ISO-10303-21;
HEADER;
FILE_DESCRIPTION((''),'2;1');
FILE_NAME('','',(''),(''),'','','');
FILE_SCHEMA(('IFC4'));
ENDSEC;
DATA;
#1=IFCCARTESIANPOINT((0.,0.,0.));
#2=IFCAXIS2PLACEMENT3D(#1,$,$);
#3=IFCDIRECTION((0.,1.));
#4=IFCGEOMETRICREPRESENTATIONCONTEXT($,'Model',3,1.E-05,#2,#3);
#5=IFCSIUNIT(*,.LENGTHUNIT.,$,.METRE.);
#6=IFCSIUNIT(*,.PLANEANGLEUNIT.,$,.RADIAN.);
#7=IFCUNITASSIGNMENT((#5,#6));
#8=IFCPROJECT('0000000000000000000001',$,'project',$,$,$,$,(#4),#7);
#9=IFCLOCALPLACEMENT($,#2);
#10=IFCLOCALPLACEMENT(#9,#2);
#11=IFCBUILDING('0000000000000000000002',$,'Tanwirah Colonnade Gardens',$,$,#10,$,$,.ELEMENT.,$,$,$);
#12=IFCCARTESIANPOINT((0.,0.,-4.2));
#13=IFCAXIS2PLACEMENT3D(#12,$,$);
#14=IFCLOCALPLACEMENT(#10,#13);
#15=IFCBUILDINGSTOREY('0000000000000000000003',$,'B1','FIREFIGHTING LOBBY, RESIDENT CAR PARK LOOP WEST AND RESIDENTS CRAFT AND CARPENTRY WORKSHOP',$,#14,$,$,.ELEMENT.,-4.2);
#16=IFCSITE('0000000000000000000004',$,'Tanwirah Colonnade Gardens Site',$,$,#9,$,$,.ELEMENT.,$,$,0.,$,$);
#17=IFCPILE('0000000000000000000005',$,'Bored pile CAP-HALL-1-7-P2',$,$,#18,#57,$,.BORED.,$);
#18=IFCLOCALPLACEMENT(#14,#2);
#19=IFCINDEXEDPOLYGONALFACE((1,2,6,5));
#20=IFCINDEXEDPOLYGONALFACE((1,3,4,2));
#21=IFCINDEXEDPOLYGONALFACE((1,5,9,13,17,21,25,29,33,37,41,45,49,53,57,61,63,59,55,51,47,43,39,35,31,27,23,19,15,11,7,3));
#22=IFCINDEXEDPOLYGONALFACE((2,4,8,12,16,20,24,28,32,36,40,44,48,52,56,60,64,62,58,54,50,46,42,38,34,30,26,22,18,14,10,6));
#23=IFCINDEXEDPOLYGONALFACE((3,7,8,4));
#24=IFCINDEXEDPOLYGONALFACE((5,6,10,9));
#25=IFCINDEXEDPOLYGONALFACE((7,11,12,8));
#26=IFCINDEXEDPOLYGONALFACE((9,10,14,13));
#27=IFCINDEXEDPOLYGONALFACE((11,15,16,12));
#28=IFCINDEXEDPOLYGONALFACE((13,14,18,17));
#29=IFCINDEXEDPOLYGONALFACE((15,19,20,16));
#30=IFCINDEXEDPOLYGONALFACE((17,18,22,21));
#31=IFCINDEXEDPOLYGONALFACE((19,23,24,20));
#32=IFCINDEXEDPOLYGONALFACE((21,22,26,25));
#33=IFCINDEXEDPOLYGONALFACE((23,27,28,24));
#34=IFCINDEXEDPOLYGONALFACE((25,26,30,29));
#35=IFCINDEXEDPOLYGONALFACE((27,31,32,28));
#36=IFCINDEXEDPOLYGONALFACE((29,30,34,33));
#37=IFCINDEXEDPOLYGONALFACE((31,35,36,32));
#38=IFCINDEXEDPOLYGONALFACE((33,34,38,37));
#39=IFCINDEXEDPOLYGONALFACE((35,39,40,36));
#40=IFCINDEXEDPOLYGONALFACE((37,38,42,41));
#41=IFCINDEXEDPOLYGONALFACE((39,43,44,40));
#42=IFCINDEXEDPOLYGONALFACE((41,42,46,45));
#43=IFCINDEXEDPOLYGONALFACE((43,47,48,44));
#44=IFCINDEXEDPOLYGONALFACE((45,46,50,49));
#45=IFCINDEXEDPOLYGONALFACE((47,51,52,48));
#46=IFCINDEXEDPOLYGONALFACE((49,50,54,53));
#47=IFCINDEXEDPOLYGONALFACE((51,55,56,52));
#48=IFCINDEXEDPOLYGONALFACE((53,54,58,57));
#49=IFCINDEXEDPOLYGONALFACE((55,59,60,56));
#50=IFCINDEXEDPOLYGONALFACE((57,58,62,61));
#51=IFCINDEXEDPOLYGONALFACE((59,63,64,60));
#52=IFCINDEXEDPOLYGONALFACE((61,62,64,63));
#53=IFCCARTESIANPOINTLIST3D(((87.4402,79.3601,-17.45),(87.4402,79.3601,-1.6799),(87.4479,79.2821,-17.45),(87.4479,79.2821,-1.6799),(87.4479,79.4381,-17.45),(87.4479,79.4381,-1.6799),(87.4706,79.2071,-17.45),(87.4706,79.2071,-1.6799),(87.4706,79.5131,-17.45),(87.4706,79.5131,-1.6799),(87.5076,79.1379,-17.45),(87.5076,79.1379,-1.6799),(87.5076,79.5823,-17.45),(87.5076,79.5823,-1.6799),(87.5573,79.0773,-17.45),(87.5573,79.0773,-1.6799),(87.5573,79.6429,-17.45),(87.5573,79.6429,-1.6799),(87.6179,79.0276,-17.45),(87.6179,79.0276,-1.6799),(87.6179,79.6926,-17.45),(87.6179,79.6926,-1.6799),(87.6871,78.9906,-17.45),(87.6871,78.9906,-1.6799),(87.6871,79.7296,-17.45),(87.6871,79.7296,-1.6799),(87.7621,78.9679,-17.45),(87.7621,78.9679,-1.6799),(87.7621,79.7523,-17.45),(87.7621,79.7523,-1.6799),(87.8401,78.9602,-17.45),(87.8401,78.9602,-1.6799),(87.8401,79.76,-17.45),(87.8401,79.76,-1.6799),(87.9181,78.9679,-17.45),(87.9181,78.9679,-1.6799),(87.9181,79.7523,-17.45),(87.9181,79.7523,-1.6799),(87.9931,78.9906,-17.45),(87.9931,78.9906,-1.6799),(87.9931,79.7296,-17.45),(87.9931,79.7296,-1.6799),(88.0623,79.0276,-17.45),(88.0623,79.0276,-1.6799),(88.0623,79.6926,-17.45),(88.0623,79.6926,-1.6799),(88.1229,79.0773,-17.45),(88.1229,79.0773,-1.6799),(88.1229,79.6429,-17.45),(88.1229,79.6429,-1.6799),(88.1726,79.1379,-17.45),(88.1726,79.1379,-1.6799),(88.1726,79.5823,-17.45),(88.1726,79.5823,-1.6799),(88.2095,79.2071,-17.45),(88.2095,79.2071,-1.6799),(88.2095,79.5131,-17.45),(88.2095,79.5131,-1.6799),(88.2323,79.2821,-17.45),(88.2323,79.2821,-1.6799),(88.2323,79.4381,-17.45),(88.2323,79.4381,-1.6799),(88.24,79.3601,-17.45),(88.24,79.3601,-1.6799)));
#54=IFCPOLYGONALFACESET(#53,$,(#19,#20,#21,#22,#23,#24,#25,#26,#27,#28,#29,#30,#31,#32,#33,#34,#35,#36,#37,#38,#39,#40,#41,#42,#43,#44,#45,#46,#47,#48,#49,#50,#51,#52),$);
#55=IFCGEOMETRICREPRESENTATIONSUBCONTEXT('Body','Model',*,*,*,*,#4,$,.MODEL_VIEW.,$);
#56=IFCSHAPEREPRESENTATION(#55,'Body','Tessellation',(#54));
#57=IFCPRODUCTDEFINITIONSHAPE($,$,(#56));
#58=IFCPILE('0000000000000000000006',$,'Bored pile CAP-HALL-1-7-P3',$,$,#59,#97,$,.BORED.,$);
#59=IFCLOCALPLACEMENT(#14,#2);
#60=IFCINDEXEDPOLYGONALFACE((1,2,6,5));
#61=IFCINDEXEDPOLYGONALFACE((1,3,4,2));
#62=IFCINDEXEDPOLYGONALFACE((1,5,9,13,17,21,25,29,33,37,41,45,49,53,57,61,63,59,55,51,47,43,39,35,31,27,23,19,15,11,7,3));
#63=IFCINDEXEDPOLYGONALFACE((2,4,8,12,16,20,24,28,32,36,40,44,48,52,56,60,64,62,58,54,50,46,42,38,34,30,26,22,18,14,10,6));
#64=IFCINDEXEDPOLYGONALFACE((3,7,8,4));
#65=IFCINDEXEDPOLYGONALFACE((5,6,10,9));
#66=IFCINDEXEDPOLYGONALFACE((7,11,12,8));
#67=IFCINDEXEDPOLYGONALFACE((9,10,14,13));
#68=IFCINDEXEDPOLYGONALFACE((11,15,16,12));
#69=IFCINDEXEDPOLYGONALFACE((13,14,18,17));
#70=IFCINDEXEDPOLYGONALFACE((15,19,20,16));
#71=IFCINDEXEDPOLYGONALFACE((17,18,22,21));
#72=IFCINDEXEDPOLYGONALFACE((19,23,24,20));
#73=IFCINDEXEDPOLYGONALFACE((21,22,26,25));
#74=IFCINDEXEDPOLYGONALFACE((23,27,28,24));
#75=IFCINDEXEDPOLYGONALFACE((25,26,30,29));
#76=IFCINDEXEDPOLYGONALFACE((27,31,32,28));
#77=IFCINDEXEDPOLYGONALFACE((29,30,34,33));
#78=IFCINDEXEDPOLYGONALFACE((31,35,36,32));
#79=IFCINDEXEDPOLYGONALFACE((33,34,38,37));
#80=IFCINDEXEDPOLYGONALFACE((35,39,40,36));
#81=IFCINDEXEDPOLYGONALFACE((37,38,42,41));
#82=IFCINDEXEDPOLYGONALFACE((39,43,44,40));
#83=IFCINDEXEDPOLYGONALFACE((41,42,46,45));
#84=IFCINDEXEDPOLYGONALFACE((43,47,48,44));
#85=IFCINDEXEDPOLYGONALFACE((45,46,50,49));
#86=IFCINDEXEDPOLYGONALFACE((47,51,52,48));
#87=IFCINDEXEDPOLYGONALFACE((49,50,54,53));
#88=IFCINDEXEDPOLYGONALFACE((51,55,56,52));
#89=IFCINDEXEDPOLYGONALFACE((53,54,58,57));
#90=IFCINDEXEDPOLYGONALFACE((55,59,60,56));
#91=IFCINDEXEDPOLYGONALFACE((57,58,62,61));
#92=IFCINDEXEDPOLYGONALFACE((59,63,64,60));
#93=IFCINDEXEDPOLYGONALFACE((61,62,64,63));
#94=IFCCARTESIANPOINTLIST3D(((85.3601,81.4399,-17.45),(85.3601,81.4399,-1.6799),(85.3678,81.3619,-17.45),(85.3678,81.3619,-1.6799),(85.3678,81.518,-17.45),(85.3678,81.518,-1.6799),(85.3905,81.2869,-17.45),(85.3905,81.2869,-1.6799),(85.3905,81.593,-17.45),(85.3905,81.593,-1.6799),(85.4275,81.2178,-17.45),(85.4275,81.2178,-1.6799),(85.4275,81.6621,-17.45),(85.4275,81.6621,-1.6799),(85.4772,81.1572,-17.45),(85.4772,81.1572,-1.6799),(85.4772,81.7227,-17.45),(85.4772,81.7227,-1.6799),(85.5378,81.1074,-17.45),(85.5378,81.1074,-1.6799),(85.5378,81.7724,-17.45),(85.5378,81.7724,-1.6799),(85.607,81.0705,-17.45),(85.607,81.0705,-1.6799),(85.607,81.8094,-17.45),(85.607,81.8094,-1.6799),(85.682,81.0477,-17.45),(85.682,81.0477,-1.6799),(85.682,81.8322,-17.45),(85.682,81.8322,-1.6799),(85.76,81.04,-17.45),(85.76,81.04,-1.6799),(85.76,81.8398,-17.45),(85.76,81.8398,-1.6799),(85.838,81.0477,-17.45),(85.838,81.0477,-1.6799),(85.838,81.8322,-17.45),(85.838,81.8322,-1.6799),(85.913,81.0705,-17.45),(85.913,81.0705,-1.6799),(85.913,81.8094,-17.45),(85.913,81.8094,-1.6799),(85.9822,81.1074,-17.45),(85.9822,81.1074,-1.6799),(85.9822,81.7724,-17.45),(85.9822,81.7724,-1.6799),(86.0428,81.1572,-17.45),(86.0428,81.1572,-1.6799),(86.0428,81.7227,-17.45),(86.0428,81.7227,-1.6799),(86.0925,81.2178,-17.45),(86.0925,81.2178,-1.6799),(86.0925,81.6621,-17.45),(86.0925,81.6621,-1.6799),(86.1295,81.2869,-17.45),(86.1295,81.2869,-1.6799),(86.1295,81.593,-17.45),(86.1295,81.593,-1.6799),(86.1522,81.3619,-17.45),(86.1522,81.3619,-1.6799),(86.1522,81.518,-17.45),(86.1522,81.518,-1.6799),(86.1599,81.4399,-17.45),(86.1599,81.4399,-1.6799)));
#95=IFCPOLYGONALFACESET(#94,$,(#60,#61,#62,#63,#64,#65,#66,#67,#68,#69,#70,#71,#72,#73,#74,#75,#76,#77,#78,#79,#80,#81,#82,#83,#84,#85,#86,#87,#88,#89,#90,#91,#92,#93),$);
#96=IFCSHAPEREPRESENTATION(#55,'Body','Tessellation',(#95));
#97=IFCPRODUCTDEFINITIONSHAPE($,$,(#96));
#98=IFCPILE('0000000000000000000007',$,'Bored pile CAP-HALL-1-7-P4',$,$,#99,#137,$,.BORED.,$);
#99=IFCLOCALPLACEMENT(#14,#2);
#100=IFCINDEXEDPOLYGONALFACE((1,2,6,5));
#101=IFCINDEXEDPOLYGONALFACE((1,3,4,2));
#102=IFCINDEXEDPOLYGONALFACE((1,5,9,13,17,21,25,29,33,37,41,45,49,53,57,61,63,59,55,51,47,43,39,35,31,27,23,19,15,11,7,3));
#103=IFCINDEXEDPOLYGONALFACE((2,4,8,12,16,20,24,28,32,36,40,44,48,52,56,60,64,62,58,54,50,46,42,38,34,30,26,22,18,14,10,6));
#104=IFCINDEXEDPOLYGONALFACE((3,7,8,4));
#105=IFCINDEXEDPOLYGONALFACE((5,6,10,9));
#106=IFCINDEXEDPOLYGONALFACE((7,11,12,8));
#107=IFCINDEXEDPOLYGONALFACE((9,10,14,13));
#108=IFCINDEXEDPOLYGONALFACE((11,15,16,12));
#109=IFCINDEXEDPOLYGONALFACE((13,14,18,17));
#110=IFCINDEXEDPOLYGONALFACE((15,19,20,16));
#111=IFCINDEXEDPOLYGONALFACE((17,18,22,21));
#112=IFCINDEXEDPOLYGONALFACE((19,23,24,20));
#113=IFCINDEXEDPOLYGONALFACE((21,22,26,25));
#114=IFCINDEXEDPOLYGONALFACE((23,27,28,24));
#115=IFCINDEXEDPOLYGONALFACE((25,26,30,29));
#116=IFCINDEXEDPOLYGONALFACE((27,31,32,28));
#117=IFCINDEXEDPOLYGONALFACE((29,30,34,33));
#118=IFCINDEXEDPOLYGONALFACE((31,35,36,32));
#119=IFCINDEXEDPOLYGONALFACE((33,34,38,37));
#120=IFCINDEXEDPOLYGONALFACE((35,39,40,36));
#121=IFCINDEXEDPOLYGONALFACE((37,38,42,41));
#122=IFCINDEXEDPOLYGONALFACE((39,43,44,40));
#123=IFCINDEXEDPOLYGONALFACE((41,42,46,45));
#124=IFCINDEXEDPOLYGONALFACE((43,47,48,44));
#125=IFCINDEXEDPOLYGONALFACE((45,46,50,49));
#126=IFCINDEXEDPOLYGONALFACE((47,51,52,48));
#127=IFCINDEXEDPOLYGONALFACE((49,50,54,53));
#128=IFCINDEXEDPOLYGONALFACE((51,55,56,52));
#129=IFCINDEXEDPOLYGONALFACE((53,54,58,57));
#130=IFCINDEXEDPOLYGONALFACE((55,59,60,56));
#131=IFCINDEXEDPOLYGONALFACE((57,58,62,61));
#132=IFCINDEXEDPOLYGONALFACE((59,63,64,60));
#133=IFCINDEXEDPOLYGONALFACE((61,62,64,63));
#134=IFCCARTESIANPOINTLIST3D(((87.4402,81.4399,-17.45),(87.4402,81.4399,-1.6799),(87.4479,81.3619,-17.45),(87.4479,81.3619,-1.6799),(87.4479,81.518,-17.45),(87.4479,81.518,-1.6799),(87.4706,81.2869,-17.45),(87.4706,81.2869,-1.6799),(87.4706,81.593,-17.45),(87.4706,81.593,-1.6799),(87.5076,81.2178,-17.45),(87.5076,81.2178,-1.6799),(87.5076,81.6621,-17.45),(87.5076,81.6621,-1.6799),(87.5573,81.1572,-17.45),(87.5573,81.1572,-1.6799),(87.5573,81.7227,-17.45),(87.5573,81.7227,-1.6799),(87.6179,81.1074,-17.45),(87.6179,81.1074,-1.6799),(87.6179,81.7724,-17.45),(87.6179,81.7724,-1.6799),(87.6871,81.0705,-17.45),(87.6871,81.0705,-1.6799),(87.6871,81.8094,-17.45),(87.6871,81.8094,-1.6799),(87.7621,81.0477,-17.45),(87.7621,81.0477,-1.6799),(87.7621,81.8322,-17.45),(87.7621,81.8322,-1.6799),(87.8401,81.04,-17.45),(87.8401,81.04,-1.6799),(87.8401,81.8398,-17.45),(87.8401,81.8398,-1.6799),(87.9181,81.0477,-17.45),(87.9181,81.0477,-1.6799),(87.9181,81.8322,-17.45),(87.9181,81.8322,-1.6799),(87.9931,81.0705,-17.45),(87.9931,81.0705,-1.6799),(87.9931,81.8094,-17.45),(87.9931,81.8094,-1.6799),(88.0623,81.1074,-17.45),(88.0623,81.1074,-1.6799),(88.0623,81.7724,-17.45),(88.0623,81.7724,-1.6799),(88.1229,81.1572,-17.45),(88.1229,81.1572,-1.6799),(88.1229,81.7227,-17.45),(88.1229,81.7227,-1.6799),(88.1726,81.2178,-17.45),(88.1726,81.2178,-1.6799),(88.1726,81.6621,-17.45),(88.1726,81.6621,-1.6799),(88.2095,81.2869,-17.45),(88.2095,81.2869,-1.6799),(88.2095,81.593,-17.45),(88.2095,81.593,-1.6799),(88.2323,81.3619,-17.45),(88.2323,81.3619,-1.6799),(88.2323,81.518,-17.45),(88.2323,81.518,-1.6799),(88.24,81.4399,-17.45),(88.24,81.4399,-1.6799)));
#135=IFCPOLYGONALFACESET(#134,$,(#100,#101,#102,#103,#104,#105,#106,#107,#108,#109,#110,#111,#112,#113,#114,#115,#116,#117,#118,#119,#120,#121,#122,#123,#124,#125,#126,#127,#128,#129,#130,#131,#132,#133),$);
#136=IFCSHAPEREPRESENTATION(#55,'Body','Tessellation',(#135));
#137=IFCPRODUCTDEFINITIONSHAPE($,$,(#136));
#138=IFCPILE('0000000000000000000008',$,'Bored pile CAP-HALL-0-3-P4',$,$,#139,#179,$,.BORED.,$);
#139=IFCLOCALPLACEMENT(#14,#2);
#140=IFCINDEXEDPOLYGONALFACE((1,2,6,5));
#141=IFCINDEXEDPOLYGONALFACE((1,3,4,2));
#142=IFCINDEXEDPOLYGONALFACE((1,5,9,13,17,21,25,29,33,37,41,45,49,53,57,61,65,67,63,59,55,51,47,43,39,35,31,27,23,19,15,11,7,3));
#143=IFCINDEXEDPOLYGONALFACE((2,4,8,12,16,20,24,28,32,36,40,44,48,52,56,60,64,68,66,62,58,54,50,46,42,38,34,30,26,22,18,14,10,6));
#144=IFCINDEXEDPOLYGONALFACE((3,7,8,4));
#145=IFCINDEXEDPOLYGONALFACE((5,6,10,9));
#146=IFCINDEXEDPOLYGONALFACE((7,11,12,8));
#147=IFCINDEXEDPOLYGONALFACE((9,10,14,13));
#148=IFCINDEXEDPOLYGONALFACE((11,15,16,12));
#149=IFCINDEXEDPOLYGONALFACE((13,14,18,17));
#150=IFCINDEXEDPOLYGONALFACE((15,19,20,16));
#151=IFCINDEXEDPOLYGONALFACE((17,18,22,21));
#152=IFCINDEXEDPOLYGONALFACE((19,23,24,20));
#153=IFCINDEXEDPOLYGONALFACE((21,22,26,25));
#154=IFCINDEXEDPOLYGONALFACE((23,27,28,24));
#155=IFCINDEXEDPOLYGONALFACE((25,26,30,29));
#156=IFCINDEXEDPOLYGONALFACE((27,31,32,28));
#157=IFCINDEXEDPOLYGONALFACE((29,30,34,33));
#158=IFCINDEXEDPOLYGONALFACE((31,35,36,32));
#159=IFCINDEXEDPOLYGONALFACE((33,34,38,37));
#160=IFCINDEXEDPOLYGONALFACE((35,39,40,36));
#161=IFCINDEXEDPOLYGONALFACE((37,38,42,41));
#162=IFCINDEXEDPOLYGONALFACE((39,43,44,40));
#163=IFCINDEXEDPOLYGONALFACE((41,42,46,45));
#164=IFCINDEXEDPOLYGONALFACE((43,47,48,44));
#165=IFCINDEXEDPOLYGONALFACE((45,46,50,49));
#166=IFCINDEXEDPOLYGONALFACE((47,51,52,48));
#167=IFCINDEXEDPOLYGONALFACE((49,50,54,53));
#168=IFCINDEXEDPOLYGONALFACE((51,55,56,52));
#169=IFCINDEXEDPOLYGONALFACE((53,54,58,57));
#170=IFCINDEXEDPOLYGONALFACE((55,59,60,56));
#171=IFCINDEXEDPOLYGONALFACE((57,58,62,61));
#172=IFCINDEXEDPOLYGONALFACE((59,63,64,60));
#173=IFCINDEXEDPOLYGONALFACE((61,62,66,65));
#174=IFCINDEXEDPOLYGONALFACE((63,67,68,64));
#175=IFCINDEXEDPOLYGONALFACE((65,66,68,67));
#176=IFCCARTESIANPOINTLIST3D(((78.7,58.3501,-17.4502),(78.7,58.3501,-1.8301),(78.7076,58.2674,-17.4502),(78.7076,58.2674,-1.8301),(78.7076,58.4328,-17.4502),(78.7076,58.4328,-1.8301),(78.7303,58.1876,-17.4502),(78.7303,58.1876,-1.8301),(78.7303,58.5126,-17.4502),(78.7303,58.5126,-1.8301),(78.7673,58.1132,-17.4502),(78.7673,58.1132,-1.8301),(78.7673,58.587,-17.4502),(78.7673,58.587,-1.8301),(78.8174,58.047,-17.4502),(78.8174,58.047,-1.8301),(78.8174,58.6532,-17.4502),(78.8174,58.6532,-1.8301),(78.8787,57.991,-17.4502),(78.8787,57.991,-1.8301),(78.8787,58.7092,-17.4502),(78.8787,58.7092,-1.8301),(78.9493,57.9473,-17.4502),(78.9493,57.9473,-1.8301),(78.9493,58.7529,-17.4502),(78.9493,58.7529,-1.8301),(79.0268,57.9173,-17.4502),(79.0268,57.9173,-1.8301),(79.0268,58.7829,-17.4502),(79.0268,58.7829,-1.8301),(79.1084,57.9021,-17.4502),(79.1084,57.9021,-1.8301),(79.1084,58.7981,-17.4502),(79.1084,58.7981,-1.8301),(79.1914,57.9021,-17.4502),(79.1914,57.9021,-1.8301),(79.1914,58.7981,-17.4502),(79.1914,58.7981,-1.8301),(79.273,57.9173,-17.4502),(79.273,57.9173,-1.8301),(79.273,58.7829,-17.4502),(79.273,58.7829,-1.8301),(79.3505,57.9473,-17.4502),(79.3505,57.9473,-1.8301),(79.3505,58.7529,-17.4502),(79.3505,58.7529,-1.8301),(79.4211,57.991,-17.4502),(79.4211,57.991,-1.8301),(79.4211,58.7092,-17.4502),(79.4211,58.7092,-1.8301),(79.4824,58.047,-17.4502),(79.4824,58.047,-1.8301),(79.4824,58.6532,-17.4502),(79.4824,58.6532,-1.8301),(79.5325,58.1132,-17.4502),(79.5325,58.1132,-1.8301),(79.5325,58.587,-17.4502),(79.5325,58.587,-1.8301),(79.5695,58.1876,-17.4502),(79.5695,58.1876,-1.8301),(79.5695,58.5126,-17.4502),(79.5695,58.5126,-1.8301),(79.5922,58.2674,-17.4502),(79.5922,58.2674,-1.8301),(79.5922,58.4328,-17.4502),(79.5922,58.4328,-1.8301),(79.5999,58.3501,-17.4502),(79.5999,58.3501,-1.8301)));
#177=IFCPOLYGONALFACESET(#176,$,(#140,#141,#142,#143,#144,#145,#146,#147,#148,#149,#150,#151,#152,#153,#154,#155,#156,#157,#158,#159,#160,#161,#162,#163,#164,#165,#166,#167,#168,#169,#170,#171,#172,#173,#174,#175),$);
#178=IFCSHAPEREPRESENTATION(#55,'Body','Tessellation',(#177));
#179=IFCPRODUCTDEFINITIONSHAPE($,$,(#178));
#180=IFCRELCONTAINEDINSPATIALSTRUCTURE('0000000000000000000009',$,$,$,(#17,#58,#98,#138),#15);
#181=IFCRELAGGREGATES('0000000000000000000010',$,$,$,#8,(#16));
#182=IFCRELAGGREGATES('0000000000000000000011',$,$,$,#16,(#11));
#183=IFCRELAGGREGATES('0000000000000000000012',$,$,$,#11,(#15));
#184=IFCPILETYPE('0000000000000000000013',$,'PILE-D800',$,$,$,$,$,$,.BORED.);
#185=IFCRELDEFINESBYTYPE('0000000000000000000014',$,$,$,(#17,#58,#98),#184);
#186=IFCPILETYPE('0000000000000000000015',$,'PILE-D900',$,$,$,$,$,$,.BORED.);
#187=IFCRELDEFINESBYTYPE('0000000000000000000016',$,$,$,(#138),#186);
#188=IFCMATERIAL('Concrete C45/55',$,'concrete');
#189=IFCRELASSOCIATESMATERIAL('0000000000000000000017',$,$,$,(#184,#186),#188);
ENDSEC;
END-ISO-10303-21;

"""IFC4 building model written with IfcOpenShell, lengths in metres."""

from ifc_helpers import new_model, si_unit, direction, frame, origin, origin_2d, place, context, subcontext, project, spatial, circle, extrude, material, material_profile, profile_set, type_object, element, save


model = new_model("IFC4")

# Units and contexts
model_context = context("Model", 3, precision=1e-05, world=origin(), true_north=direction((0.0, 1.0)))
body_context = subcontext(model_context, "Body", "Model", "MODEL_VIEW")
ifc_project = project(units=[si_unit("LENGTHUNIT", "METRE"), si_unit("PLANEANGLEUNIT", "RADIAN")], contexts=[model_context])

# Site, building, storey
site_placement = place(None, origin())
site = spatial("IfcSite", under=ifc_project, at=site_placement, Name="Tanwirah Colonnade Gardens Site", CompositionType="ELEMENT", RefElevation=0.0)
building_placement = place(site_placement, origin())
building = spatial("IfcBuilding", under=site, at=building_placement, Name="Tanwirah Colonnade Gardens", CompositionType="ELEMENT")
storey_placement = place(building_placement, frame((0.0, 0.0, -4.2)))
storey = spatial("IfcBuildingStorey", under=building, at=storey_placement, Name="B1", Description="FIREFIGHTING LOBBY, RESIDENT CAR PARK LOOP WEST AND RESIDENTS CRAFT AND CARPENTRY WORKSHOP", CompositionType="ELEMENT", Elevation=-4.2)

# Shared definitions
ifc_material_1 = material(Name="Concrete C45/55", Category="concrete")

# Piles
ifc_material_profile_1 = material_profile(ifc_material_1, circle(Radius=0.3999, at=origin_2d()), Name="PILE D800")
ifc_profile_set_1 = profile_set([ifc_material_profile_1], Name="Concrete C45/55")
pile_type_1 = type_object("IfcPileType", Name="PILE-D800", PredefinedType="BORED", material=ifc_profile_set_1)
for number, where, z_axis, x_axis, name in (
    (1, (87.8401, 79.3601, -1.6799), (0.0, 0.0, -1.0), (1.0, 0.0, 0.0), "Bored pile CAP-HALL-1-7-P2"),
    (2, (85.76, 81.4399, -1.6799), (0.0, 0.0, -1.0), (1.0, 0.0, 0.0), "Bored pile CAP-HALL-1-7-P3"),
    (3, (87.8401, 81.4399, -1.6799), (0.0, 0.0, -1.0), (1.0, 0.0, 0.0), "Bored pile CAP-HALL-1-7-P4"),
):
    element("IfcPile", number, at=place(storey_placement, frame(where, z_axis=z_axis, x_axis=x_axis)), inside=storey, type_object=pile_type_1, Name=name, PredefinedType="BORED", context=body_context, shape_type="SweptSolid", body=[
        extrude(circle(Radius=0.3999, at=origin_2d()), origin(), (0.0, 0.0, 1.0), 15.77),
    ])
ifc_material_profile_2 = material_profile(ifc_material_1, circle(Radius=0.45, at=origin_2d()), Name="PILE D900")
ifc_profile_set_2 = profile_set([ifc_material_profile_2], Name="Concrete C45/55")
pile_type_2 = type_object("IfcPileType", Name="PILE-D900", PredefinedType="BORED", material=ifc_profile_set_2)
for number, where, z_axis, x_axis, name in (
    (4, (79.1499, 58.3501, -1.8301), (0.0, 0.0, -1.0), (1.0, 0.0, 0.0), "Bored pile CAP-HALL-0-3-P4"),
):
    element("IfcPile", number, at=place(storey_placement, frame(where, z_axis=z_axis, x_axis=x_axis)), inside=storey, type_object=pile_type_2, Name=name, PredefinedType="BORED", context=body_context, shape_type="SweptSolid", body=[
        extrude(circle(Radius=0.45, at=origin_2d()), origin(), (0.0, 0.0, 1.0), 15.6201),
    ])

save(model, "model.ifc")
